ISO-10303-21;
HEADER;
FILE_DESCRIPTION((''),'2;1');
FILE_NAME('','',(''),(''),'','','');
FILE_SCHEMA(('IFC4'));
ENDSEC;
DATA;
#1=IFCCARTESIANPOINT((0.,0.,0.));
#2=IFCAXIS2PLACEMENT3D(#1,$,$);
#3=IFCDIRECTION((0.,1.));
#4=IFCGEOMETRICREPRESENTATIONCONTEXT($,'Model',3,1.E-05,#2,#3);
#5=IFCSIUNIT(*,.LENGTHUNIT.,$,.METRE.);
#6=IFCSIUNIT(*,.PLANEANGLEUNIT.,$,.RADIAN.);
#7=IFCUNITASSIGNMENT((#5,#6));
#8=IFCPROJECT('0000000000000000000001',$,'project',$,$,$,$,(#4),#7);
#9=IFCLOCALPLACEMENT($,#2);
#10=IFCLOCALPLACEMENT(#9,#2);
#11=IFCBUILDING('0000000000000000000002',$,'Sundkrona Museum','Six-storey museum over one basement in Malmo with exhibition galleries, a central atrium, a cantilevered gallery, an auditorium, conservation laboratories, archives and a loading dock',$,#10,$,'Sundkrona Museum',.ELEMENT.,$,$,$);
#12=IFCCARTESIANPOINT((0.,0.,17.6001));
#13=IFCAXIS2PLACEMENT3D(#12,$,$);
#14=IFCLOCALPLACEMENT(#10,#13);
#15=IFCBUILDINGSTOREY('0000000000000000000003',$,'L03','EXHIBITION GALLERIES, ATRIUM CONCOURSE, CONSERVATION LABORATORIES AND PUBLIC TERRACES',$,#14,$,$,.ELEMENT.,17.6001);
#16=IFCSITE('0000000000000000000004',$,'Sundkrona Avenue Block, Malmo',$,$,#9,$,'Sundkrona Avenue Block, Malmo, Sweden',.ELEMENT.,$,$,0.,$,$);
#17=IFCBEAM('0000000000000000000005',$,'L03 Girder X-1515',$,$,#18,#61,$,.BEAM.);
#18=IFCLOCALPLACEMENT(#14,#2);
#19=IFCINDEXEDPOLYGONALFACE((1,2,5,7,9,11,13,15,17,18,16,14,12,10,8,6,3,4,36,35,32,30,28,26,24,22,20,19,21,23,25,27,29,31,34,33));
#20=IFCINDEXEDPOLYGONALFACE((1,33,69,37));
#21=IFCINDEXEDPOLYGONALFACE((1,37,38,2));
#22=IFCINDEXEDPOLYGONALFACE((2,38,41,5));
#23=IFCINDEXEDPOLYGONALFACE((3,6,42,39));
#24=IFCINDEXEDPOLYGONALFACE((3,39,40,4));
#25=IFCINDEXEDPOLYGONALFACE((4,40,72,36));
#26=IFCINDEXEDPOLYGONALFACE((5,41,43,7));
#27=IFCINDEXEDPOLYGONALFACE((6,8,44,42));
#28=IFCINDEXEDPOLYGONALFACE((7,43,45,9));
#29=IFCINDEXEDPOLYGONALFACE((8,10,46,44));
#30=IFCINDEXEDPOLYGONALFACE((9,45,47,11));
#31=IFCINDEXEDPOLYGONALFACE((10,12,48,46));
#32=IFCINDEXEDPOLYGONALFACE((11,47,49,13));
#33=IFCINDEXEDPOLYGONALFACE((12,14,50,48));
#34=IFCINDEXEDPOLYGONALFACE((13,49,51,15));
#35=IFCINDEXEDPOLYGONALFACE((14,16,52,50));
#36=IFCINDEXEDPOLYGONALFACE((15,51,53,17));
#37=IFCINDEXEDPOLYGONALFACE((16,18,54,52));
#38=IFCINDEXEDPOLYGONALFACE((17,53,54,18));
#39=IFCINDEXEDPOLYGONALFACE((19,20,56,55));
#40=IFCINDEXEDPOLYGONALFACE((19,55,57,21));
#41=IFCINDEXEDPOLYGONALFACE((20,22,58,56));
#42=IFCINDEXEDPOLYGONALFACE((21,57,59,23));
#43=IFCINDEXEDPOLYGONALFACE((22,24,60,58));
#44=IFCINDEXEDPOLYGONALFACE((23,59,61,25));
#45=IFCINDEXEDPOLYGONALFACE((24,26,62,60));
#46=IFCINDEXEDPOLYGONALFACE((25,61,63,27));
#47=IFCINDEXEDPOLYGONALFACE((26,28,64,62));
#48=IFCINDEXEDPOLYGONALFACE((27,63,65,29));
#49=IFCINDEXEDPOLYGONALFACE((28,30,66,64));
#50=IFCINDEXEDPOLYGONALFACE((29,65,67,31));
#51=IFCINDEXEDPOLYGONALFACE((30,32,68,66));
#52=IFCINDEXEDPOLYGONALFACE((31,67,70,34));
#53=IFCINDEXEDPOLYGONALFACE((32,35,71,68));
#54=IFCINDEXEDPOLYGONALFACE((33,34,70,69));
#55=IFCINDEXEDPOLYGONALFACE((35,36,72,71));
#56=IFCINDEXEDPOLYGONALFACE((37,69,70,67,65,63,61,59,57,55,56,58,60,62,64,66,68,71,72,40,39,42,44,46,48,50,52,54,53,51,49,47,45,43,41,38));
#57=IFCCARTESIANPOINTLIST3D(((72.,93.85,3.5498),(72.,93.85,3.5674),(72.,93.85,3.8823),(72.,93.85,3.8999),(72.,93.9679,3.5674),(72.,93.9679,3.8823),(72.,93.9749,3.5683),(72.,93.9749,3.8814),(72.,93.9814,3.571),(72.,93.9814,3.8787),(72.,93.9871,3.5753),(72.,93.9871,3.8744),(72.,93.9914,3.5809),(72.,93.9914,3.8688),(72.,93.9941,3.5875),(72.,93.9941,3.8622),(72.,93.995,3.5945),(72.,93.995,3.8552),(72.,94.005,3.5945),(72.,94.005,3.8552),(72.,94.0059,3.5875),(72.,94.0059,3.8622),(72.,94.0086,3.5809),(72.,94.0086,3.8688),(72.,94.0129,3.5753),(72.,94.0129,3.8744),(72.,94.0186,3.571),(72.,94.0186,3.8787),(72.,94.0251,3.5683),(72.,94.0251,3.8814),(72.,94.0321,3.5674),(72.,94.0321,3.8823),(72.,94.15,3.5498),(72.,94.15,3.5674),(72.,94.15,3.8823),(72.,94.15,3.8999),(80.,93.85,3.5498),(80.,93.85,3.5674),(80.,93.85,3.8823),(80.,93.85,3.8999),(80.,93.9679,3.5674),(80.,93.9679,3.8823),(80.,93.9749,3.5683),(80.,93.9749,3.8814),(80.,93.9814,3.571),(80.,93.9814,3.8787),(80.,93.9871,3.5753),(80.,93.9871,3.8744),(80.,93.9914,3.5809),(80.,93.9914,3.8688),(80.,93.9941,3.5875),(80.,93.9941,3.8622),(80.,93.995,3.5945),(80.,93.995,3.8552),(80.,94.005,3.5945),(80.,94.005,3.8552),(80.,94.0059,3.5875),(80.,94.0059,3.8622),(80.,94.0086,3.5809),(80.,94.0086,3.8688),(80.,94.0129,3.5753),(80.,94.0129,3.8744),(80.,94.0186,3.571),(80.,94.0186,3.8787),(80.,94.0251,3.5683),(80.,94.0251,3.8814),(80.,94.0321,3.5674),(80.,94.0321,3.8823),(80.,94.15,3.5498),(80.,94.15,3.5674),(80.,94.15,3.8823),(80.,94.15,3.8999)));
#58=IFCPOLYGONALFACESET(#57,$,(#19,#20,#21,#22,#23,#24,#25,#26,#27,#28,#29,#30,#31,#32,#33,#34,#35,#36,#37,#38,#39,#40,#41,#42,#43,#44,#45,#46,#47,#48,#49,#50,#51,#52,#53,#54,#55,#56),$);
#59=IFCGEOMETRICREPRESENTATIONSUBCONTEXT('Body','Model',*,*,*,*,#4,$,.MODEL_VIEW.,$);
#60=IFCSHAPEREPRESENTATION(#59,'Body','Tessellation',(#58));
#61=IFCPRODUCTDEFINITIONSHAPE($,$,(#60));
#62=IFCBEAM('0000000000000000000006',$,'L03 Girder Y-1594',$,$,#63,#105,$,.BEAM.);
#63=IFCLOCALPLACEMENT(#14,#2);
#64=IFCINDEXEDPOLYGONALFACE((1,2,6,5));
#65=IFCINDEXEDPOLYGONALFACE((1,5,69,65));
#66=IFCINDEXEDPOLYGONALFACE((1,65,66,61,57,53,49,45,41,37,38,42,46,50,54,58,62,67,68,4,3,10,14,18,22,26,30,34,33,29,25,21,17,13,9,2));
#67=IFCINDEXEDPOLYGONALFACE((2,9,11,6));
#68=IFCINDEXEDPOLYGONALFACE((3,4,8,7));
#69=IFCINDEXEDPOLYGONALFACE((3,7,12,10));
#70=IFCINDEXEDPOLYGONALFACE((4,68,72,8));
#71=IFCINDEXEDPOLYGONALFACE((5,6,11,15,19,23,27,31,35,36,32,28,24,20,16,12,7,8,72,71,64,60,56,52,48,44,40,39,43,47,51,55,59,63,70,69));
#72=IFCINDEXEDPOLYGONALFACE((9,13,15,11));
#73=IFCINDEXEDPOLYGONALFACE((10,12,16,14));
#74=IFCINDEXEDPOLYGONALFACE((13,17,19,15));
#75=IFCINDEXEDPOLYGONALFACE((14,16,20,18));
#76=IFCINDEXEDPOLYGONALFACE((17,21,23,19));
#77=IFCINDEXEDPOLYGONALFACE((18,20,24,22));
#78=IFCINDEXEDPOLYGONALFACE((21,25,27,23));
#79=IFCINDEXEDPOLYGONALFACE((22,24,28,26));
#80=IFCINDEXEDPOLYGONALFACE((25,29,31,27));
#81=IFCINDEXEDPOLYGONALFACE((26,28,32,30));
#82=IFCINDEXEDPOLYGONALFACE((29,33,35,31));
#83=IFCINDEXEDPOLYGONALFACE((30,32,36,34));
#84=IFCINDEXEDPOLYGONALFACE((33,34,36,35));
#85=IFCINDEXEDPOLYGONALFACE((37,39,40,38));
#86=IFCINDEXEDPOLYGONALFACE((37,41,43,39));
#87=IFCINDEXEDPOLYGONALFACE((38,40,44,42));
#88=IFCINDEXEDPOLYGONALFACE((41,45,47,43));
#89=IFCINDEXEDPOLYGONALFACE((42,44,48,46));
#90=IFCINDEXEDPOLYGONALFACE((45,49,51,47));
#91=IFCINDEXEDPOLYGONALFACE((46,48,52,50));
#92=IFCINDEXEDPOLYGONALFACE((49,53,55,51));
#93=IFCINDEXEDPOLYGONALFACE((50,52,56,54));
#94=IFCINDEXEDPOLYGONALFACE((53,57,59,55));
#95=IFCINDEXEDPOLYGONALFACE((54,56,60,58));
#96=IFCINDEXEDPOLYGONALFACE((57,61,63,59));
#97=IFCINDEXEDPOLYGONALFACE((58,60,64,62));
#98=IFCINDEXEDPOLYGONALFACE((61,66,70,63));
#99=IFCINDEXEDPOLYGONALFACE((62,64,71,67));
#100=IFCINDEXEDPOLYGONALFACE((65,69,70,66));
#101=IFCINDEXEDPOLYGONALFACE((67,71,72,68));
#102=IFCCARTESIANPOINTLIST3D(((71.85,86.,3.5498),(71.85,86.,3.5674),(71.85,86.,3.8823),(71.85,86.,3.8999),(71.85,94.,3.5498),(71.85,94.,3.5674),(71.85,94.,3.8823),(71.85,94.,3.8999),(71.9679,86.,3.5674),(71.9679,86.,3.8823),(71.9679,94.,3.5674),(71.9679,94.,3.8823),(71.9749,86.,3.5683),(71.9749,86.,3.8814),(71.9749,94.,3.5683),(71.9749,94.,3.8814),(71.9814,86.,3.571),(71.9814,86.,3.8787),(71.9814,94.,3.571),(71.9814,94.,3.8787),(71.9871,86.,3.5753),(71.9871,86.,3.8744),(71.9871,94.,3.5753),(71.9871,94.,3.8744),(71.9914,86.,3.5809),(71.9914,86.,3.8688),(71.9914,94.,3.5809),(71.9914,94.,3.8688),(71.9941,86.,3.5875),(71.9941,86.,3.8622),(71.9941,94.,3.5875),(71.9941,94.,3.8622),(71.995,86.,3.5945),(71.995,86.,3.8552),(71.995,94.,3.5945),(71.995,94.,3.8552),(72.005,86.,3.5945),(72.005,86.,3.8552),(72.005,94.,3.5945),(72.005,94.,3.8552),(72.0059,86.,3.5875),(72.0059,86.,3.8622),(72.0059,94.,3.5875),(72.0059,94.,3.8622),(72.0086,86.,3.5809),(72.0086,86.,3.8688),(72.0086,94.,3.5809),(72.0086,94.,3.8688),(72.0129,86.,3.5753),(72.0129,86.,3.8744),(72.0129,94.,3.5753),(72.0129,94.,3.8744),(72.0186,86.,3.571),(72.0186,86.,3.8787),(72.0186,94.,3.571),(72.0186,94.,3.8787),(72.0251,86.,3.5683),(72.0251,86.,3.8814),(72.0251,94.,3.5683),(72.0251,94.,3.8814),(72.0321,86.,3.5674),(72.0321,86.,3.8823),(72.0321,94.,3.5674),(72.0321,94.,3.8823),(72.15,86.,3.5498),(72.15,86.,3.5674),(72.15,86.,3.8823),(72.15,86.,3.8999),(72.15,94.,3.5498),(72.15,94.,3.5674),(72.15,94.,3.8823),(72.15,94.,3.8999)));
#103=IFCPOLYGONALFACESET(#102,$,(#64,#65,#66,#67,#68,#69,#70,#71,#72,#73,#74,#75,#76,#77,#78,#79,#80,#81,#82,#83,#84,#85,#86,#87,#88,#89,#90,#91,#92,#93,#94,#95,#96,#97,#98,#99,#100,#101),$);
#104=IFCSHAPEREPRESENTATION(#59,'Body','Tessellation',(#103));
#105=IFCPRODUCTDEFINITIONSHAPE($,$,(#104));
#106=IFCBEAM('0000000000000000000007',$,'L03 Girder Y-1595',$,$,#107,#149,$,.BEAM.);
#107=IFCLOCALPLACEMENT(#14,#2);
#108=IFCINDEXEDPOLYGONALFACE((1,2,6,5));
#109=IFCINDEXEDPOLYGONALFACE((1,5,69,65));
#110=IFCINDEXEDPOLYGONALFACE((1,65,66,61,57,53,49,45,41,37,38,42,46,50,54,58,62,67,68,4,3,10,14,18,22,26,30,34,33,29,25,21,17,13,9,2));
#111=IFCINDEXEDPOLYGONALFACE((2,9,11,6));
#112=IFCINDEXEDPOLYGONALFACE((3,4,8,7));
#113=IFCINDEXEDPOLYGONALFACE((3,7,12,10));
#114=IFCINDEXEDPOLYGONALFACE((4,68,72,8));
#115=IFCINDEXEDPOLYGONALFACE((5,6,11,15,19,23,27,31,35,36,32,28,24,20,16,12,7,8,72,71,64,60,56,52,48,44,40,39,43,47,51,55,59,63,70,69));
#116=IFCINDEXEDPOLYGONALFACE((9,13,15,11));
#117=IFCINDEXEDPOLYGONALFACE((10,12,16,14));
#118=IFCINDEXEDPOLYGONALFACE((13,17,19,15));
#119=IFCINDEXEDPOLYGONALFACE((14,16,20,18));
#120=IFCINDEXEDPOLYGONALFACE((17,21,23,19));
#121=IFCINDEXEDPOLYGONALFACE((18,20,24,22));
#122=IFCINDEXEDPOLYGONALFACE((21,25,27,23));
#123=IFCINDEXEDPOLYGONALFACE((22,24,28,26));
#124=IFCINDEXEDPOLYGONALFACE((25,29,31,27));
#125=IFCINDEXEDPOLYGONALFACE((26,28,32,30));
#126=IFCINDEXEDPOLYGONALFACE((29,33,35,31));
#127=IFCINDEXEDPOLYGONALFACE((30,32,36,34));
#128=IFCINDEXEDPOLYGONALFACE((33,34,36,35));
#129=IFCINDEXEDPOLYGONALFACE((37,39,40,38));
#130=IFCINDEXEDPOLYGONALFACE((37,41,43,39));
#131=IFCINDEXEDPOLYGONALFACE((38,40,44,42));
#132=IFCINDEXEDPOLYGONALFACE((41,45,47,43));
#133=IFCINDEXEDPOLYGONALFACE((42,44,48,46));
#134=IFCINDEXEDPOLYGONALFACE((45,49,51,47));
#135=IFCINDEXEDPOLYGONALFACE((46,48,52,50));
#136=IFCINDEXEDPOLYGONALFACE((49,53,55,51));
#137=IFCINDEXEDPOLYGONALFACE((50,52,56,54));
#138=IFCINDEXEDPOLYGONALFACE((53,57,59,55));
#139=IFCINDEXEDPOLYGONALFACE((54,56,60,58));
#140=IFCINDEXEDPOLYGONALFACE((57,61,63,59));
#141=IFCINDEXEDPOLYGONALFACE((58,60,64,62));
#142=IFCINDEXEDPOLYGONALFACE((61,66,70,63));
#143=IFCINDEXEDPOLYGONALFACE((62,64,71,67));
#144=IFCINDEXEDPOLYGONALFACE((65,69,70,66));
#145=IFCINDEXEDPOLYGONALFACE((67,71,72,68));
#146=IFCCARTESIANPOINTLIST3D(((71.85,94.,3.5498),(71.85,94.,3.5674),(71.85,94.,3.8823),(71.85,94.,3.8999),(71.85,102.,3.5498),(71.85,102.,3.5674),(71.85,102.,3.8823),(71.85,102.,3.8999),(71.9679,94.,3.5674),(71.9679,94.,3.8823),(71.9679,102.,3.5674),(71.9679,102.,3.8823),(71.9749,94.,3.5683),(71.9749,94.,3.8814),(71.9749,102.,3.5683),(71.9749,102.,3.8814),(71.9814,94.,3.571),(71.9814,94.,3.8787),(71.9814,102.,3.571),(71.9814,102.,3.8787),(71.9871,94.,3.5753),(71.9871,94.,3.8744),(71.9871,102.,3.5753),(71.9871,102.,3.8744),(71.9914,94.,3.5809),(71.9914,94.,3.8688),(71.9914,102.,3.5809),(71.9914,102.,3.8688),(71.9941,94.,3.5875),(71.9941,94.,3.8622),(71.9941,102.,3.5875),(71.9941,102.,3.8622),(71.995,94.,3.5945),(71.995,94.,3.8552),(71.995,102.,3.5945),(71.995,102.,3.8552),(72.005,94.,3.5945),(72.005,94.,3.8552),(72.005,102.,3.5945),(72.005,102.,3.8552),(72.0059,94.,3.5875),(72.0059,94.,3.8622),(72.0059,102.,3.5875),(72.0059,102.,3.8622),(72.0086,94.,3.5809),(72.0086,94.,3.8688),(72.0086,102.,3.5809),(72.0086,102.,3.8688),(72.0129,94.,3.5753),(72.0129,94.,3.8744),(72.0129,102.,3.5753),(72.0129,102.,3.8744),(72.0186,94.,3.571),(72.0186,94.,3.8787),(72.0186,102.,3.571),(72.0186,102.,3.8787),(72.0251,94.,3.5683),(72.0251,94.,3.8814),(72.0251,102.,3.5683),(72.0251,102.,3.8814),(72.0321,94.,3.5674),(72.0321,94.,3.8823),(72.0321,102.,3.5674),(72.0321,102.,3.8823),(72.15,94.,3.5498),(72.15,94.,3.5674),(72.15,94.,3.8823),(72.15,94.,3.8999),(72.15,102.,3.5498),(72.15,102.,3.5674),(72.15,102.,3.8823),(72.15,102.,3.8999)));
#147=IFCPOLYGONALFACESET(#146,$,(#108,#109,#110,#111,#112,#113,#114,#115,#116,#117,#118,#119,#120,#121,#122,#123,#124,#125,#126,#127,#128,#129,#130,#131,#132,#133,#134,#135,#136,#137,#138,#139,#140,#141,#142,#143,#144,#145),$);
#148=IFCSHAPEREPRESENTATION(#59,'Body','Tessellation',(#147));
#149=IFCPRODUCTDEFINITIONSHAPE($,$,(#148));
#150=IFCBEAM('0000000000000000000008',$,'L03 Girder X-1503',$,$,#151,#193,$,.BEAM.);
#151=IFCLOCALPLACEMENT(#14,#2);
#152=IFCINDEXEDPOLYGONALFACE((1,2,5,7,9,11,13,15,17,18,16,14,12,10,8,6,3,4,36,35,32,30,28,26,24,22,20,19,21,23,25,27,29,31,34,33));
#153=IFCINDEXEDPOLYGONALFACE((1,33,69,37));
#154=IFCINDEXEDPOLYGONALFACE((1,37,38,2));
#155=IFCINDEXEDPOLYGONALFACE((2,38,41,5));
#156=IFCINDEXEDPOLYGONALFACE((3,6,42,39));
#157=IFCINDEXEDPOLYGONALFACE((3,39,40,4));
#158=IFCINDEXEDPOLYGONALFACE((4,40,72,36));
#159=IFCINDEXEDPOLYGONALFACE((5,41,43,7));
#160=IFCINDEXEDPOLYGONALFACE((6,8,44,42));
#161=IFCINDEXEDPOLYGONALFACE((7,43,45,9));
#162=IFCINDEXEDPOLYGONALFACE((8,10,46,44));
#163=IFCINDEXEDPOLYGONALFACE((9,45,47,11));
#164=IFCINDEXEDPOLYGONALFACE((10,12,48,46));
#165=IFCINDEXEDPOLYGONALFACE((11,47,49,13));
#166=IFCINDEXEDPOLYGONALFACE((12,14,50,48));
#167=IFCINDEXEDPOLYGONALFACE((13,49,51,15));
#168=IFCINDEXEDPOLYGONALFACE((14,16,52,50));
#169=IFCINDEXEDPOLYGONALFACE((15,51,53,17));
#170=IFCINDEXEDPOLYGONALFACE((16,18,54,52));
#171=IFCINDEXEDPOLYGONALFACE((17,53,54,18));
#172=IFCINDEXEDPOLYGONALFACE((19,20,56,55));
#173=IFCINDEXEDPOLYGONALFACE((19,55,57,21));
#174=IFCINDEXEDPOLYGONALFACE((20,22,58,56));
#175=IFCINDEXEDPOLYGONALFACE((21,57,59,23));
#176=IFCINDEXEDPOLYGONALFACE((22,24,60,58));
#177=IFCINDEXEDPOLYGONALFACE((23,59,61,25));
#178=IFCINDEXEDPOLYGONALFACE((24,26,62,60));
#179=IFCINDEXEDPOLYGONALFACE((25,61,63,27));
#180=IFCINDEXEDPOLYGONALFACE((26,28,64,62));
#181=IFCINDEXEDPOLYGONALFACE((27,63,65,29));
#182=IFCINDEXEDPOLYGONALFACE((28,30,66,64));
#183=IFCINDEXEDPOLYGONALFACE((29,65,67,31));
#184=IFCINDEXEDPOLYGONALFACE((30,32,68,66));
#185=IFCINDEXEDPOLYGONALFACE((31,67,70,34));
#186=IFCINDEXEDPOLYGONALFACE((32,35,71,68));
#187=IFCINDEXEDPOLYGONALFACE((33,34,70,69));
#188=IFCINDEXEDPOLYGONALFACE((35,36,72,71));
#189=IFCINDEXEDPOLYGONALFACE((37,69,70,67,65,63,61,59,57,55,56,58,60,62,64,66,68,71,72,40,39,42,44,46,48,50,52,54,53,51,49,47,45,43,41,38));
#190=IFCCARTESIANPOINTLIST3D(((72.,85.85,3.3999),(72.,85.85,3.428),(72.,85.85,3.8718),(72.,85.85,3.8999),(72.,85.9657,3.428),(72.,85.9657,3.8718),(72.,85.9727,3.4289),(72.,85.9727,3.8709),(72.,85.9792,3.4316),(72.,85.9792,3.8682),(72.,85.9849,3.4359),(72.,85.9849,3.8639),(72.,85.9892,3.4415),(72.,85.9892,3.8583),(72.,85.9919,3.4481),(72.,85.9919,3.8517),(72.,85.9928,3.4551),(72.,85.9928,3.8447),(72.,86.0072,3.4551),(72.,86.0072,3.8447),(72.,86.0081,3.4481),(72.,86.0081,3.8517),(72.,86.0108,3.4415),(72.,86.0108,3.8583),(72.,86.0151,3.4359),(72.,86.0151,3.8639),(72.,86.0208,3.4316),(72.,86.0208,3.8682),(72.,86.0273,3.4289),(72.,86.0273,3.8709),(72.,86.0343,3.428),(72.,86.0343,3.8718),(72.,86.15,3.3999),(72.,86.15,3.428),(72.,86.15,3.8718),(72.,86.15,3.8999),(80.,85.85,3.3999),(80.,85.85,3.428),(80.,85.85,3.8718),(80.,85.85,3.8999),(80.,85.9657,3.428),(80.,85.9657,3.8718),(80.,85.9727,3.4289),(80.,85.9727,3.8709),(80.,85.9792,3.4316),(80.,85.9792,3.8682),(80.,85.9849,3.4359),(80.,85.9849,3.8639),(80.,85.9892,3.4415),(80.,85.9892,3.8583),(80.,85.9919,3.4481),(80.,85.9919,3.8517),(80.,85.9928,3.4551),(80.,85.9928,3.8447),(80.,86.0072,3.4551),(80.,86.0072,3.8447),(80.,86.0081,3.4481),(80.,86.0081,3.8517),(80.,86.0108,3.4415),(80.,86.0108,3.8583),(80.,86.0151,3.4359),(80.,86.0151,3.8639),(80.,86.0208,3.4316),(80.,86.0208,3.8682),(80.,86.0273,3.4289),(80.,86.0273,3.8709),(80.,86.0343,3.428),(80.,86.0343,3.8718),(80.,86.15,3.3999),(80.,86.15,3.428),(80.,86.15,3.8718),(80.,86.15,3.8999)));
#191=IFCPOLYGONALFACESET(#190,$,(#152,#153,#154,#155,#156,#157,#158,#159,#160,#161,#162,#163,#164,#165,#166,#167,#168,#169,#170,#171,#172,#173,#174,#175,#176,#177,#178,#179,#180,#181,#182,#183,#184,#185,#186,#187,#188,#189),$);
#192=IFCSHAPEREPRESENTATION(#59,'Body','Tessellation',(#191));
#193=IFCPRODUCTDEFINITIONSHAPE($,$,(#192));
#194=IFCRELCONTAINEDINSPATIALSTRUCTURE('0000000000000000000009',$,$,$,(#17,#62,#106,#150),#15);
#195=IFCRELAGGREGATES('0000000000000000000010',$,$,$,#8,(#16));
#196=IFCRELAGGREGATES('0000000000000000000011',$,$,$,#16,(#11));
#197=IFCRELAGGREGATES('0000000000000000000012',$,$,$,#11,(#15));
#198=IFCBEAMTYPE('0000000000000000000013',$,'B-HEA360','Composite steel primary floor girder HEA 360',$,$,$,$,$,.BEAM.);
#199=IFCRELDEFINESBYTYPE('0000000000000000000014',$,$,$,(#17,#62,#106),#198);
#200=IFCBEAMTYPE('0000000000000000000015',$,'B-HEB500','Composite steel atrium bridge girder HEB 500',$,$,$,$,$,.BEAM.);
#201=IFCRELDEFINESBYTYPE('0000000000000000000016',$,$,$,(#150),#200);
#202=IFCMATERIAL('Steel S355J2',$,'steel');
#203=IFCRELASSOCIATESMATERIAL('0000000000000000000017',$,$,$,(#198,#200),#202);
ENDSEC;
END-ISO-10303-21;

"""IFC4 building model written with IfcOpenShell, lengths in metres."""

from ifc_helpers import new_model, si_unit, direction, frame, origin, origin_2d, place, context, subcontext, project, spatial, i_section, extrude, material, material_profile, profile_set, type_object, element, save


model = new_model("IFC4")

# Units and contexts
model_context = context("Model", 3, precision=1e-05, world=origin(), true_north=direction((0.0, 1.0)))
body_context = subcontext(model_context, "Body", "Model", "MODEL_VIEW")
ifc_project = project(units=[si_unit("LENGTHUNIT", "METRE"), si_unit("PLANEANGLEUNIT", "RADIAN")], contexts=[model_context])

# Site, building, storey
site_placement = place(None, origin())
site = spatial("IfcSite", under=ifc_project, at=site_placement, Name="Sundkrona Avenue Block, Malmo", LongName="Sundkrona Avenue Block, Malmo, Sweden", CompositionType="ELEMENT", RefElevation=0.0)
building_placement = place(site_placement, origin())
building = spatial("IfcBuilding", under=site, at=building_placement, Name="Sundkrona Museum", Description="Six-storey museum over one basement in Malmo with exhibition galleries, a central atrium, a cantilevered gallery, an auditorium, conservation laboratories, archives and a loading dock", LongName="Sundkrona Museum", CompositionType="ELEMENT")
storey_placement = place(building_placement, frame((0.0, 0.0, 17.6001)))
storey = spatial("IfcBuildingStorey", under=building, at=storey_placement, Name="L03", Description="EXHIBITION GALLERIES, ATRIUM CONCOURSE, CONSERVATION LABORATORIES AND PUBLIC TERRACES", CompositionType="ELEMENT", Elevation=17.6001)

# Shared definitions
ifc_material_1 = material(Name="Steel S355J2", Category="steel")

# Beams
ifc_material_profile_1 = material_profile(ifc_material_1, i_section(OverallWidth=0.3, OverallDepth=0.3501, WebThickness=0.01, FlangeThickness=0.0176, FilletRadius=0.0271, at=origin_2d()), Name="HEA 360")
ifc_profile_set_1 = profile_set([ifc_material_profile_1], Name="Steel S355J2")
beam_type_1 = type_object("IfcBeamType", Name="B-HEA360", Description="Composite steel primary floor girder HEA 360", PredefinedType="BEAM", material=ifc_profile_set_1)
for number, where, z_axis, x_axis, name in (
    (1, (72.0, 94.0, 3.7249), (1.0, 0.0, 0.0), (0.0, 1.0, 0.0), "L03 Girder X-1515"),
    (2, (72.0, 86.0, 3.7249), (0.0, 1.0, 0.0), (-1.0, 0.0, 0.0), "L03 Girder Y-1594"),
    (3, (72.0, 94.0, 3.7249), (0.0, 1.0, 0.0), (-1.0, 0.0, 0.0), "L03 Girder Y-1595"),
):
    element("IfcBeam", number, at=place(storey_placement, frame(where, z_axis=z_axis, x_axis=x_axis)), inside=storey, type_object=beam_type_1, Name=name, PredefinedType="BEAM", context=body_context, shape_type="SweptSolid", body=[
        extrude(i_section(OverallWidth=0.3, OverallDepth=0.3501, WebThickness=0.01, FlangeThickness=0.0176, FilletRadius=0.0271, at=origin_2d()), origin(), (0.0, 0.0, 1.0), 8.0),
    ])
ifc_material_profile_2 = material_profile(ifc_material_1, i_section(OverallWidth=0.3, OverallDepth=0.5, WebThickness=0.0144, FlangeThickness=0.0281, FilletRadius=0.0271, at=origin_2d()), Name="HEB 500")
ifc_profile_set_2 = profile_set([ifc_material_profile_2], Name="Steel S355J2")
beam_type_2 = type_object("IfcBeamType", Name="B-HEB500", Description="Composite steel atrium bridge girder HEB 500", PredefinedType="BEAM", material=ifc_profile_set_2)
beam_1_placement = place(storey_placement, frame((72.0, 86.0, 3.6499), z_axis=(1.0, 0.0, 0.0), x_axis=(0.0, 1.0, 0.0)))
element("IfcBeam", 4, at=beam_1_placement, inside=storey, type_object=beam_type_2, Name="L03 Girder X-1503", PredefinedType="BEAM", context=body_context, shape_type="SweptSolid", body=[
    extrude(i_section(OverallWidth=0.3, OverallDepth=0.5, WebThickness=0.0144, FlangeThickness=0.0281, FilletRadius=0.0271, at=origin_2d()), origin(), (0.0, 0.0, 1.0), 8.0),
])

save(model, "model.ifc")
